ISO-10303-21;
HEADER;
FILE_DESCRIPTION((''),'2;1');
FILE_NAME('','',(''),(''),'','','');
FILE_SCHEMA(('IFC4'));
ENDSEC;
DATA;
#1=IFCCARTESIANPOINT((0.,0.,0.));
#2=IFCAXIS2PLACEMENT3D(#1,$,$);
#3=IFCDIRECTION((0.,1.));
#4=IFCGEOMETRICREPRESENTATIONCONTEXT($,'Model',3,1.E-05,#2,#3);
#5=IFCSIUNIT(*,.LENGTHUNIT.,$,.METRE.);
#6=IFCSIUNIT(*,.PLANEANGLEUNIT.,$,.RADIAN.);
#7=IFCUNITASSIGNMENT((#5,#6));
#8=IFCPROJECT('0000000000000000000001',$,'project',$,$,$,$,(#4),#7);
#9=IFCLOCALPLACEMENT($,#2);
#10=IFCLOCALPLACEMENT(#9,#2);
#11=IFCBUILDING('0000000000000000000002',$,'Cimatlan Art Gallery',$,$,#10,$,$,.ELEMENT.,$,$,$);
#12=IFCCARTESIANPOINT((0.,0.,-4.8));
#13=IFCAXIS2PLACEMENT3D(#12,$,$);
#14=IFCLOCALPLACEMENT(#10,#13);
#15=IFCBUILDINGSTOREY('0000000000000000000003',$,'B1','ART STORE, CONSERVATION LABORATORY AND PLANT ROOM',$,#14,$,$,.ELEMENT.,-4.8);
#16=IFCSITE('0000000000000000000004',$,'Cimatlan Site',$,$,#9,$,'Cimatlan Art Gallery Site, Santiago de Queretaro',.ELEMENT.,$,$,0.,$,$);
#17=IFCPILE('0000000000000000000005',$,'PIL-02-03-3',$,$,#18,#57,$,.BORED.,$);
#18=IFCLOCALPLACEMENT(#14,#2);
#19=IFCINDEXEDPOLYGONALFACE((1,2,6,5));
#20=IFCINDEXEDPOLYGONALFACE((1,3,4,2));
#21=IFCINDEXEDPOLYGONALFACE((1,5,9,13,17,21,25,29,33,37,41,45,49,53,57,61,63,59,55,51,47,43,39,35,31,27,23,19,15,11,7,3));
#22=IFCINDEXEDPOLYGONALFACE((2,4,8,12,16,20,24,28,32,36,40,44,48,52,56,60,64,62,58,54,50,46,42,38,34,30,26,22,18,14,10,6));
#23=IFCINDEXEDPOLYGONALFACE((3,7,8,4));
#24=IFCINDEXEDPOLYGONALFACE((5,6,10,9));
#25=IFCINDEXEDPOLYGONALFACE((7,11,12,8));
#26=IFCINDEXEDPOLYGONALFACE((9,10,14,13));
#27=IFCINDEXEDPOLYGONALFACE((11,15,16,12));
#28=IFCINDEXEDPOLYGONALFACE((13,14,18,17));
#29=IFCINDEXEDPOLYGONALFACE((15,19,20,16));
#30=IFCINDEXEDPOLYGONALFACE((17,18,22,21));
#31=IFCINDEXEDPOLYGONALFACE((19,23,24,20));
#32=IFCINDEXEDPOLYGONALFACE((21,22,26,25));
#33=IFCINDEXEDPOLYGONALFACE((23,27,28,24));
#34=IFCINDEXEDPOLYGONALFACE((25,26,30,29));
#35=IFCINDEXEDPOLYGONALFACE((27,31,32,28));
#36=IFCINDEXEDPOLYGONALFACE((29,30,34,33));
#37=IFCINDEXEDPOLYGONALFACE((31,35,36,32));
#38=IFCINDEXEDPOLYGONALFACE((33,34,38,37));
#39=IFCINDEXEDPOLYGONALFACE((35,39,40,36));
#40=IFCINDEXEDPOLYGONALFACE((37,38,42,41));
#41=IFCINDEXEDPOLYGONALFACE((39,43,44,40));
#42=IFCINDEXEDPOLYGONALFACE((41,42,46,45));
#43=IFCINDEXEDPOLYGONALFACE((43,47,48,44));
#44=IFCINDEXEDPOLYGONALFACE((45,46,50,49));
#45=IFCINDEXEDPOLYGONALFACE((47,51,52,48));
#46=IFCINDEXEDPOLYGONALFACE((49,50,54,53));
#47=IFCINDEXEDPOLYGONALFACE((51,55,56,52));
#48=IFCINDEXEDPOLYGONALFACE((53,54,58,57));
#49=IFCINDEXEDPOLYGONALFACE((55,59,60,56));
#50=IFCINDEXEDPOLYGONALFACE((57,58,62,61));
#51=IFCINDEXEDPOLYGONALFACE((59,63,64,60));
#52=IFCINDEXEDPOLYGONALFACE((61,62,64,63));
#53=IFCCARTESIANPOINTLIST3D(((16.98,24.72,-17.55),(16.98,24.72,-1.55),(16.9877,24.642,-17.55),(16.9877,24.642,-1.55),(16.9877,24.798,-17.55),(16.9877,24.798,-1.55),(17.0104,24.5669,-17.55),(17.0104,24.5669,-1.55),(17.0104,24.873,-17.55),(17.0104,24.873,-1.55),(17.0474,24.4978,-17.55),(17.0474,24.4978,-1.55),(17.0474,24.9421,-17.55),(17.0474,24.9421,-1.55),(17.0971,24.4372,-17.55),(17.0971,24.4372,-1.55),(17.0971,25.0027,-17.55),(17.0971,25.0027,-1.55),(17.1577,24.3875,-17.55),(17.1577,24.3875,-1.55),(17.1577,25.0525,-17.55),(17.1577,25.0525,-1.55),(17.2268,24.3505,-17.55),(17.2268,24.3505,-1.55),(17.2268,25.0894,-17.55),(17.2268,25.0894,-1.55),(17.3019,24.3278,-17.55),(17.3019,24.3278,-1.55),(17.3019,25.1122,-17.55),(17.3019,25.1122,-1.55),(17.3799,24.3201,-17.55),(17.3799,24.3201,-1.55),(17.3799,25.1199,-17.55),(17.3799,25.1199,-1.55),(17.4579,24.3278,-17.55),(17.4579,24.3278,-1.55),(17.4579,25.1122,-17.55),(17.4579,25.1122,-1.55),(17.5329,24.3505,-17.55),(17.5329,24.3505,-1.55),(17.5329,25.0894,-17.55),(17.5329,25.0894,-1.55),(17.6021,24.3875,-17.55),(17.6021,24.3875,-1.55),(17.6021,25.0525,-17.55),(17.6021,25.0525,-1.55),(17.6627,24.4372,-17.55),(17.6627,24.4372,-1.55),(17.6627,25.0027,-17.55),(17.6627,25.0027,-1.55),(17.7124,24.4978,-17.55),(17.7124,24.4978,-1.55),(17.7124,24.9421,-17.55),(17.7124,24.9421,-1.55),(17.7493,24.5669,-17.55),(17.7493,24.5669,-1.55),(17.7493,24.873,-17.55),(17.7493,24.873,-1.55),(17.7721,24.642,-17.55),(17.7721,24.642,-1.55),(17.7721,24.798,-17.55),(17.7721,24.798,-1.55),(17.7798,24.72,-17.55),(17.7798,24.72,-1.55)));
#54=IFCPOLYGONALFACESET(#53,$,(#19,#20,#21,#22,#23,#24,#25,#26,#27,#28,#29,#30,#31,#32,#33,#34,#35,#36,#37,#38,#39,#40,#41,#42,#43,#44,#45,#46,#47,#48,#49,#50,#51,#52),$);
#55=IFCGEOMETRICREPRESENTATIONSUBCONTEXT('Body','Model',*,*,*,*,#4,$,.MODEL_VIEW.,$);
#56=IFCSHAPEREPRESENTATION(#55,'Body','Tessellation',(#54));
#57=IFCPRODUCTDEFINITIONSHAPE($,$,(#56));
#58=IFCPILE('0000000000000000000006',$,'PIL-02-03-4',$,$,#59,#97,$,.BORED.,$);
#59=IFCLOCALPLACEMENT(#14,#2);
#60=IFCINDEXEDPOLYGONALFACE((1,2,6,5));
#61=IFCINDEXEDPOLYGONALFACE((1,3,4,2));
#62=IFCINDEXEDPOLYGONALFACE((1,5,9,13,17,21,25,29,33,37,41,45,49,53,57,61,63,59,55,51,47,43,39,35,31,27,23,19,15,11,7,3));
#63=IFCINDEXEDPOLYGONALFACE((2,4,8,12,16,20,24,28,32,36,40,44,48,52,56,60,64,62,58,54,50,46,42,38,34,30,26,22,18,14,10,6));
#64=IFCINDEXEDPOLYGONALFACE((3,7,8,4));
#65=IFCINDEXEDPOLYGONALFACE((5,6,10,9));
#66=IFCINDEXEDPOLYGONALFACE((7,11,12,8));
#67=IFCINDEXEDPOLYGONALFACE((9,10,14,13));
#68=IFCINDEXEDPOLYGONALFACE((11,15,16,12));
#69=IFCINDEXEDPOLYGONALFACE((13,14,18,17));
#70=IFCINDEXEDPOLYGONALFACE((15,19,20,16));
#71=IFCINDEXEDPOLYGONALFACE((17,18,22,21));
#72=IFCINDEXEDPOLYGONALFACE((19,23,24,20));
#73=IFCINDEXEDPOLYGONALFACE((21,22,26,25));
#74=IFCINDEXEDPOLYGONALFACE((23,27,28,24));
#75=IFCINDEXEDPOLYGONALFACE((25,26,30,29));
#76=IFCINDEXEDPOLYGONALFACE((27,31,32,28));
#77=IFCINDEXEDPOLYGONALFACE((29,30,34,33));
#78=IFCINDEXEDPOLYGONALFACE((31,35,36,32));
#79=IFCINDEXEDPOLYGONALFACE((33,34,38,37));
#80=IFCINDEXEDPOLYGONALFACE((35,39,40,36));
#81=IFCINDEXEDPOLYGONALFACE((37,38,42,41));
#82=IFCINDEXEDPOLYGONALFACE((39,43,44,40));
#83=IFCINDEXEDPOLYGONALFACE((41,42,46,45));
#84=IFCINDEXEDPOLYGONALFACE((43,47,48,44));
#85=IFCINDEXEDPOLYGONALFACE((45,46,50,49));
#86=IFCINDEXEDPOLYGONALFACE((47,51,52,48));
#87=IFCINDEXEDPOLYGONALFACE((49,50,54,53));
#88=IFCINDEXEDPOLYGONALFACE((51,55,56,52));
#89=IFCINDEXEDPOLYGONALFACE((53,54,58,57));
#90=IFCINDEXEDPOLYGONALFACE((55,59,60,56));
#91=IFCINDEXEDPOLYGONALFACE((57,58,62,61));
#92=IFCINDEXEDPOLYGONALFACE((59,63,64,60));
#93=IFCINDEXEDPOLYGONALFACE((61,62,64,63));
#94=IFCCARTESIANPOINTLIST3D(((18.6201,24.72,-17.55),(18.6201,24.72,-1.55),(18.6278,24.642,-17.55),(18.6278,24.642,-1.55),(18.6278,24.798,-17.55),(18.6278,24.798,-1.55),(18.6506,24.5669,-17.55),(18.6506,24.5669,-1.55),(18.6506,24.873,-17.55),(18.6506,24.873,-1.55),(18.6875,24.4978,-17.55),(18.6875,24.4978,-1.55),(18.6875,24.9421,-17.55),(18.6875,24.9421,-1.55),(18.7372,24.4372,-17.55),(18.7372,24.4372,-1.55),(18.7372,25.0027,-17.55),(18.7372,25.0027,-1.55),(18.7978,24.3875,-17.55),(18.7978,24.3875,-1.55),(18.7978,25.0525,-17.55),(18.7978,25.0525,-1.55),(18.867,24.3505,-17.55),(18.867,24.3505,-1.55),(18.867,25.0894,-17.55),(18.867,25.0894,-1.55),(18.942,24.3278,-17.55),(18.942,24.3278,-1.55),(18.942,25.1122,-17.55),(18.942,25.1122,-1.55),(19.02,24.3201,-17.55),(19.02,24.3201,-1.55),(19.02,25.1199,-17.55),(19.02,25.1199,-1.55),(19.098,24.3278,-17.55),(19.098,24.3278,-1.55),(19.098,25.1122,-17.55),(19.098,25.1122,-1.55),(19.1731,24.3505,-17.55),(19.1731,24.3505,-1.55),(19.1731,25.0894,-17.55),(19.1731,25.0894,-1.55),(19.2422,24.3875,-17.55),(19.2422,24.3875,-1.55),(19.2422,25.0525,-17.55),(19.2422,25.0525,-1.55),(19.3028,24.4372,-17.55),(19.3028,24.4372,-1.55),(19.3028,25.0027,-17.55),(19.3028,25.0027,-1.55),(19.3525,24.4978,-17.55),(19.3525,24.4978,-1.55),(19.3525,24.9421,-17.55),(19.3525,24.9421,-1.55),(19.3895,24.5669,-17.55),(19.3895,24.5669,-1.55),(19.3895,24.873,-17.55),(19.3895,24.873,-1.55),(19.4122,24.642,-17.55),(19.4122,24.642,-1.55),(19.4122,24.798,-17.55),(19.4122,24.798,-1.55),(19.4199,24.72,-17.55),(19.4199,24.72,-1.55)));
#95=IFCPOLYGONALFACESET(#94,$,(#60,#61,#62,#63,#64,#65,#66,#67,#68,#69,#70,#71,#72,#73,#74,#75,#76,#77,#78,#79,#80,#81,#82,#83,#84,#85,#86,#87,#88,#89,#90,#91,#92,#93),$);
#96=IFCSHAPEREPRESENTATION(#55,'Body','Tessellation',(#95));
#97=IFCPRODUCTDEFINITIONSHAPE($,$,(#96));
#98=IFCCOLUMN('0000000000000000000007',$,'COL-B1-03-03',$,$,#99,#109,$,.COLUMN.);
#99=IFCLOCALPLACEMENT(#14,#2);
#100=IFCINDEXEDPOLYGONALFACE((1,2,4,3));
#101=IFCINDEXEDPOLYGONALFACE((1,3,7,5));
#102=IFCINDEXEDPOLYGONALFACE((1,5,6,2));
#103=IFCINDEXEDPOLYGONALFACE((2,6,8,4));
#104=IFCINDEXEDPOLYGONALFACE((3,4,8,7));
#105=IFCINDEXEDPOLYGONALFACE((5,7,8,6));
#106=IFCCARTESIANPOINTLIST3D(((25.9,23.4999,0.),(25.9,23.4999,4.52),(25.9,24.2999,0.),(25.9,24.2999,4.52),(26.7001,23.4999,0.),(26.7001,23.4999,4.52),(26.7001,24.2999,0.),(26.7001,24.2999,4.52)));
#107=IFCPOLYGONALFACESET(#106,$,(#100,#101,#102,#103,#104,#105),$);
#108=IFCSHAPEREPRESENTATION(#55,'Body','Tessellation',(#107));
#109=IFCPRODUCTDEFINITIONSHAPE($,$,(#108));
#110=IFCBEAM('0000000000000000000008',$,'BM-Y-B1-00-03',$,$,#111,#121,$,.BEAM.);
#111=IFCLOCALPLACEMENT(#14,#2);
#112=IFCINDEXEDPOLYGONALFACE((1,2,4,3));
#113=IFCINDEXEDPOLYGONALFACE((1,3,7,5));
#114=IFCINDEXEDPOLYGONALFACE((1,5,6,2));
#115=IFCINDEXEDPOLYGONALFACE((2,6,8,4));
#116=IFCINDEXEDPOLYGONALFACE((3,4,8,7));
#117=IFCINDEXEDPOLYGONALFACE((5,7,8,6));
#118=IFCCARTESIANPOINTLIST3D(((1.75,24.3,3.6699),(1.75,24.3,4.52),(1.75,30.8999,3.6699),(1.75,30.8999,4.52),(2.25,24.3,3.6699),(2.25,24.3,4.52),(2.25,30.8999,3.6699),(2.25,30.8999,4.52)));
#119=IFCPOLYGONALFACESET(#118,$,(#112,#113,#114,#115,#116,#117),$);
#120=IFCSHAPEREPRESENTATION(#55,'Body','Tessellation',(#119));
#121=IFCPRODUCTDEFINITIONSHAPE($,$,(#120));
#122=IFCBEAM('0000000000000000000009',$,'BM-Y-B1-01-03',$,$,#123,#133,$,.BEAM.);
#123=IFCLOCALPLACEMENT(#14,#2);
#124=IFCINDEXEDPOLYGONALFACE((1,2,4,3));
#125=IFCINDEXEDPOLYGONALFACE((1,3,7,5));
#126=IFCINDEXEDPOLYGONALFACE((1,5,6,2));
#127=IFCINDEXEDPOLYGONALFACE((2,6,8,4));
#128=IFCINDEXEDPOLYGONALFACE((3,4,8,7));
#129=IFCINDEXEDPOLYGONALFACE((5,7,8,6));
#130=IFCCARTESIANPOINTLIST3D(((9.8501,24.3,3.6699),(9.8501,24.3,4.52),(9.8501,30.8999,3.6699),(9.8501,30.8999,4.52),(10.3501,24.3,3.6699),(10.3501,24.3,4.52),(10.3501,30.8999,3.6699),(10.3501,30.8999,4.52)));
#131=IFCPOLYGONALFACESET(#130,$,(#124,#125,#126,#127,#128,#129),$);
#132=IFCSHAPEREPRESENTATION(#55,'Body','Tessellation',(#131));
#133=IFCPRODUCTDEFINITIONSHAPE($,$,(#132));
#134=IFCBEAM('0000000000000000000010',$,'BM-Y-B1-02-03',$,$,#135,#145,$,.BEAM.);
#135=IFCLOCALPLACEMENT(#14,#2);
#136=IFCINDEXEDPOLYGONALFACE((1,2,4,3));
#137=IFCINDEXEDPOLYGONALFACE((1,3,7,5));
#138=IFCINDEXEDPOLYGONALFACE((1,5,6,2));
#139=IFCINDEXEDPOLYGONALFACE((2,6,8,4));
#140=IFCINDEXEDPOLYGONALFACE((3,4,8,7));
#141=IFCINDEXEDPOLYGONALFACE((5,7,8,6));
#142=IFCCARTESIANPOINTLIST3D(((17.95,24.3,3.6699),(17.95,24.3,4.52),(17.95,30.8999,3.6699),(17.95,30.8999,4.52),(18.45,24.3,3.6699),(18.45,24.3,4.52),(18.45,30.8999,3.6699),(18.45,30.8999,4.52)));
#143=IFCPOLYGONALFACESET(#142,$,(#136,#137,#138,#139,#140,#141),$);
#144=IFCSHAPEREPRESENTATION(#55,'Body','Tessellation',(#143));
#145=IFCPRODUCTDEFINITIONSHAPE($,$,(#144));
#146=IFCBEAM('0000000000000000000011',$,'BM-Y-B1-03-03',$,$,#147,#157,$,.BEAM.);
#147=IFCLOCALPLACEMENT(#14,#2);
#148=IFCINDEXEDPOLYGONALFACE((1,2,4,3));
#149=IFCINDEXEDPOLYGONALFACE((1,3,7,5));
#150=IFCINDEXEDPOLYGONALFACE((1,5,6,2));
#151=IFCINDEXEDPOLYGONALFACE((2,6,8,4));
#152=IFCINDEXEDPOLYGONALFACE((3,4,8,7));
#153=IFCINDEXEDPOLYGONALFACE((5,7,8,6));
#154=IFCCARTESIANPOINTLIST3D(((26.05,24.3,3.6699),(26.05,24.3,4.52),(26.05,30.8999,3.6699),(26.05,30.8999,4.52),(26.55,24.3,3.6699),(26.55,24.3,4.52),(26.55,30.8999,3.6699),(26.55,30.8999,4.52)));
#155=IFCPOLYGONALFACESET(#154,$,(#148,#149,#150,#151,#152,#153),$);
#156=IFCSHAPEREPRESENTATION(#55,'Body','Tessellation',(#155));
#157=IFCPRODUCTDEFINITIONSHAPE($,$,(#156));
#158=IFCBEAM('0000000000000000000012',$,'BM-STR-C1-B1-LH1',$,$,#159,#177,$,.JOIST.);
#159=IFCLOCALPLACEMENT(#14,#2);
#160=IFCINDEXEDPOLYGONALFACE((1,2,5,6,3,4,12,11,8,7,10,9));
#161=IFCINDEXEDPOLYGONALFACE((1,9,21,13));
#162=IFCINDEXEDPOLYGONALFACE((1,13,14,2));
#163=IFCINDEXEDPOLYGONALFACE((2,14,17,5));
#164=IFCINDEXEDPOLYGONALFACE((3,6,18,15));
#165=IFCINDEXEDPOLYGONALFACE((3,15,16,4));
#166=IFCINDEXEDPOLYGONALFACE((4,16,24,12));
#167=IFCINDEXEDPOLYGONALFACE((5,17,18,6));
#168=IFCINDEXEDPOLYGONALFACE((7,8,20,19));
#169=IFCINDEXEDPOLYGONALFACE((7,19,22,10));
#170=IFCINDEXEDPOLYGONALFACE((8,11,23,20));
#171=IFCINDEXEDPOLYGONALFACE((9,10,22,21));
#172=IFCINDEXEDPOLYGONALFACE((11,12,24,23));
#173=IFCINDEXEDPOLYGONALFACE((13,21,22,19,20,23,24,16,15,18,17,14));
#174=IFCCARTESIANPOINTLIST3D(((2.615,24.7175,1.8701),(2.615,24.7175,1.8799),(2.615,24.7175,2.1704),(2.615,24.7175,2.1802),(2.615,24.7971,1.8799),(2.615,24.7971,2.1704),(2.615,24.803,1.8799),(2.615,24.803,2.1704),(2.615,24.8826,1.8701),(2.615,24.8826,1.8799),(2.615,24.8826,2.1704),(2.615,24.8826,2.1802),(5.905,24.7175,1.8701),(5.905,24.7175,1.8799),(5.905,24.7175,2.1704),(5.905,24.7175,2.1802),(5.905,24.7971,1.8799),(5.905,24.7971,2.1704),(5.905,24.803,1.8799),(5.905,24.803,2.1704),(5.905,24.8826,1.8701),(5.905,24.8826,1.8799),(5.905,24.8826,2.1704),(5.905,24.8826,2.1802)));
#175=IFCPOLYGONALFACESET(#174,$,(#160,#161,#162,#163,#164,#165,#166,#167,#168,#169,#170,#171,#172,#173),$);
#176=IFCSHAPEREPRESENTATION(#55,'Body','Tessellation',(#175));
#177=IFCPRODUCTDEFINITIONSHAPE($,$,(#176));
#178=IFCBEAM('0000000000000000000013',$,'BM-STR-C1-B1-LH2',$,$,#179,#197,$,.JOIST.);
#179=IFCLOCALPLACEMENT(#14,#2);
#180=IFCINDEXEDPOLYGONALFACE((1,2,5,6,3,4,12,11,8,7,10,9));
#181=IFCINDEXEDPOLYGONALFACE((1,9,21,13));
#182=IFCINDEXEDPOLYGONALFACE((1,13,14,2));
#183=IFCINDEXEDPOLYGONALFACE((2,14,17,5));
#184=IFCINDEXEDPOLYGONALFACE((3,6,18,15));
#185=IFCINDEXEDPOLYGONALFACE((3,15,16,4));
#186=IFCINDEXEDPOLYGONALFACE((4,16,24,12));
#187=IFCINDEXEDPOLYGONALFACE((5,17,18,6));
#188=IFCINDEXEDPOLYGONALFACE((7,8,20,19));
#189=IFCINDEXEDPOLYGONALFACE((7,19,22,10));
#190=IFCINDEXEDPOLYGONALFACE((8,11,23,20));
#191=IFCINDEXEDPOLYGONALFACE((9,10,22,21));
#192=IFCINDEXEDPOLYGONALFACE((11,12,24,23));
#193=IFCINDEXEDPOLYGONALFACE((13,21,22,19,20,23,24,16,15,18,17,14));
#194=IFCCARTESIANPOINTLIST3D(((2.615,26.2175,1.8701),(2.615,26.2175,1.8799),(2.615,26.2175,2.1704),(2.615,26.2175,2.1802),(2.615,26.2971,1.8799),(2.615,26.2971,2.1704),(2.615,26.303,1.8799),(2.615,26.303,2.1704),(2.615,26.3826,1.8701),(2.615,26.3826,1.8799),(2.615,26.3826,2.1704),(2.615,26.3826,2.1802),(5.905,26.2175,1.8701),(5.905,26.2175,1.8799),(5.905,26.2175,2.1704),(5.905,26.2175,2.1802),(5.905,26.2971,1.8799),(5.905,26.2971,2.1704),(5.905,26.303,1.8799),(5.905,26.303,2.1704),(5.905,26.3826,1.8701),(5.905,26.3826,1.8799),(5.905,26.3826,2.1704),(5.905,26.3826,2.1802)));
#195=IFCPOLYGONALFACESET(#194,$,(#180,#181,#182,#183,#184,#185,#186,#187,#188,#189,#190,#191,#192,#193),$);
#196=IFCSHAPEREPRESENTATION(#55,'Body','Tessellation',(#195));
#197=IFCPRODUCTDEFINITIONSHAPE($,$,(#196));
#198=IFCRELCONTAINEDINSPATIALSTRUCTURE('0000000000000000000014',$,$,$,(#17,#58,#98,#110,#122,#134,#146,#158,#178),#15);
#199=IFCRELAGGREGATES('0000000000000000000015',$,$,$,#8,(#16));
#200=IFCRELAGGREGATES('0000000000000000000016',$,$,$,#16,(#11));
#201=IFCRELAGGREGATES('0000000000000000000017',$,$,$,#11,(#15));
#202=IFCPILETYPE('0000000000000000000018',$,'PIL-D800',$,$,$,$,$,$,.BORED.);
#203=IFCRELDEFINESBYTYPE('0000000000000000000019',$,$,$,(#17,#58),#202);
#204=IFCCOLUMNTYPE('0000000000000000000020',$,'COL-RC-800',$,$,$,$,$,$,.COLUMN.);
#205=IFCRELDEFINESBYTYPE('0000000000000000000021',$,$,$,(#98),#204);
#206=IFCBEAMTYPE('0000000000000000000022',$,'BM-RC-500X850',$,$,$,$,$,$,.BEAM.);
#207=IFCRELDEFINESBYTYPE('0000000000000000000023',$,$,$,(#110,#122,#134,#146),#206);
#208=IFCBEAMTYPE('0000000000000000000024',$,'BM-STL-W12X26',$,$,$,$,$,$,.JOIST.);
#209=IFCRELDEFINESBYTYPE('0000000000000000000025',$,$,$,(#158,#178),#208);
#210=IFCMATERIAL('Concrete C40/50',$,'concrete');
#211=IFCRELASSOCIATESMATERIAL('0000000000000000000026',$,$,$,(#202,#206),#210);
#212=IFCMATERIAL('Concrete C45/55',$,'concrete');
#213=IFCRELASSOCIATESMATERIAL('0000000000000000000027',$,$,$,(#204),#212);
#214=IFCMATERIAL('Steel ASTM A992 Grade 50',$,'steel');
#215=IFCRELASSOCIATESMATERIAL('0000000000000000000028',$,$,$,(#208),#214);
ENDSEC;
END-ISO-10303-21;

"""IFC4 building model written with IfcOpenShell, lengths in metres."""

from ifc_helpers import new_model, si_unit, direction, frame, origin, origin_2d, place, context, subcontext, project, spatial, rectangle, circle, i_section, extrude, material, material_profile, profile_set, type_object, element, save


model = new_model("IFC4")

# Units and contexts
model_context = context("Model", 3, precision=1e-05, world=origin(), true_north=direction((0.0, 1.0)))
body_context = subcontext(model_context, "Body", "Model", "MODEL_VIEW")
ifc_project = project(units=[si_unit("LENGTHUNIT", "METRE"), si_unit("PLANEANGLEUNIT", "RADIAN")], contexts=[model_context])

# Site, building, storey
site_placement = place(None, origin())
site = spatial("IfcSite", under=ifc_project, at=site_placement, Name="Cimatlan Site", LongName="Cimatlan Art Gallery Site, Santiago de Queretaro", CompositionType="ELEMENT", RefElevation=0.0)
building_placement = place(site_placement, origin())
building = spatial("IfcBuilding", under=site, at=building_placement, Name="Cimatlan Art Gallery", CompositionType="ELEMENT")
storey_placement = place(building_placement, frame((0.0, 0.0, -4.8)))
storey = spatial("IfcBuildingStorey", under=building, at=storey_placement, Name="B1", Description="ART STORE, CONSERVATION LABORATORY AND PLANT ROOM", CompositionType="ELEMENT", Elevation=-4.8)

# Shared definitions
ifc_material_1 = material(Name="Concrete C40/50", Category="concrete")

# Piles
pile_type_1 = type_object("IfcPileType", Name="PIL-D800", PredefinedType="BORED", material=ifc_material_1)
for number, where, z_axis, x_axis, name in (
    (1, (17.3799, 24.72, -1.55), (0.0, 0.0, -1.0), (1.0, 0.0, 0.0), "PIL-02-03-3"),
    (2, (19.02, 24.72, -1.55), (0.0, 0.0, -1.0), (1.0, 0.0, 0.0), "PIL-02-03-4"),
):
    element("IfcPile", number, at=place(storey_placement, frame(where, z_axis=z_axis, x_axis=x_axis)), inside=storey, type_object=pile_type_1, Name=name, PredefinedType="BORED", context=body_context, shape_type="SweptSolid", body=[
        extrude(circle(Radius=0.3999, at=origin_2d()), origin(), (0.0, 0.0, 1.0), 16.0),
    ])

# Column
ifc_material_2 = material(Name="Concrete C45/55", Category="concrete")
ifc_material_profile_1 = material_profile(ifc_material_2, rectangle(XDim=0.8, YDim=0.8, at=origin_2d()), Name="RC800X800")
ifc_profile_set_1 = profile_set([ifc_material_profile_1], Name="Concrete C45/55")
column_type = type_object("IfcColumnType", Name="COL-RC-800", PredefinedType="COLUMN", material=ifc_profile_set_1)
column_placement = place(storey_placement, frame((26.3, 23.8999, 0.0), z_axis=(0.0, 0.0, 1.0), x_axis=(1.0, 0.0, 0.0)))
element("IfcColumn", 3, at=column_placement, inside=storey, type_object=column_type, Name="COL-B1-03-03", PredefinedType="COLUMN", context=body_context, shape_type="SweptSolid", body=[
    extrude(rectangle(XDim=0.8, YDim=0.8, at=origin_2d()), origin(), (0.0, 0.0, 1.0), 4.52),
])

# Beams
ifc_material_profile_2 = material_profile(ifc_material_1, rectangle(XDim=0.5, YDim=0.8501, at=origin_2d()), Name="RC500X850")
ifc_profile_set_2 = profile_set([ifc_material_profile_2], Name="Concrete C40/50")
beam_type_1 = type_object("IfcBeamType", Name="BM-RC-500X850", PredefinedType="BEAM", material=ifc_profile_set_2)
for number, where, z_axis, x_axis, name in (
    (4, (2.0, 24.3, 4.095), (0.0, 1.0, 0.0), (-1.0, 0.0, 0.0), "BM-Y-B1-00-03"),
    (5, (10.1001, 24.3, 4.095), (0.0, 1.0, 0.0), (-1.0, 0.0, 0.0), "BM-Y-B1-01-03"),
    (6, (18.2, 24.3, 4.095), (0.0, 1.0, 0.0), (-1.0, 0.0, 0.0), "BM-Y-B1-02-03"),
    (7, (26.3, 24.3, 4.095), (0.0, 1.0, 0.0), (-1.0, 0.0, 0.0), "BM-Y-B1-03-03"),
):
    element("IfcBeam", number, at=place(storey_placement, frame(where, z_axis=z_axis, x_axis=x_axis)), inside=storey, type_object=beam_type_1, Name=name, PredefinedType="BEAM", context=body_context, shape_type="SweptSolid", body=[
        extrude(rectangle(XDim=0.5, YDim=0.8501, at=origin_2d()), origin(), (0.0, 0.0, 1.0), 6.5999),
    ])
ifc_material_3 = material(Name="Steel ASTM A992 Grade 50", Category="steel")
ifc_material_profile_3 = material_profile(ifc_material_3, i_section(OverallWidth=0.165, OverallDepth=0.3101, WebThickness=0.0059, FlangeThickness=0.0098, at=origin_2d()), Name="W12X26")
ifc_profile_set_3 = profile_set([ifc_material_profile_3], Name="Steel ASTM A992 Grade 50")
beam_type_2 = type_object("IfcBeamType", Name="BM-STL-W12X26", PredefinedType="JOIST", material=ifc_profile_set_3)
for number, where, z_axis, x_axis, name in (
    (8, (2.615, 24.8, 2.0251), (1.0, 0.0, 0.0), (0.0, 1.0, 0.0), "BM-STR-C1-B1-LH1"),
    (9, (2.615, 26.3, 2.0251), (1.0, 0.0, 0.0), (0.0, 1.0, 0.0), "BM-STR-C1-B1-LH2"),
):
    element("IfcBeam", number, at=place(storey_placement, frame(where, z_axis=z_axis, x_axis=x_axis)), inside=storey, type_object=beam_type_2, Name=name, PredefinedType="JOIST", context=body_context, shape_type="SweptSolid", body=[
        extrude(i_section(OverallWidth=0.165, OverallDepth=0.3101, WebThickness=0.0059, FlangeThickness=0.0098, at=origin_2d()), origin(), (0.0, 0.0, 1.0), 3.29),
    ])

save(model, "model.ifc")
